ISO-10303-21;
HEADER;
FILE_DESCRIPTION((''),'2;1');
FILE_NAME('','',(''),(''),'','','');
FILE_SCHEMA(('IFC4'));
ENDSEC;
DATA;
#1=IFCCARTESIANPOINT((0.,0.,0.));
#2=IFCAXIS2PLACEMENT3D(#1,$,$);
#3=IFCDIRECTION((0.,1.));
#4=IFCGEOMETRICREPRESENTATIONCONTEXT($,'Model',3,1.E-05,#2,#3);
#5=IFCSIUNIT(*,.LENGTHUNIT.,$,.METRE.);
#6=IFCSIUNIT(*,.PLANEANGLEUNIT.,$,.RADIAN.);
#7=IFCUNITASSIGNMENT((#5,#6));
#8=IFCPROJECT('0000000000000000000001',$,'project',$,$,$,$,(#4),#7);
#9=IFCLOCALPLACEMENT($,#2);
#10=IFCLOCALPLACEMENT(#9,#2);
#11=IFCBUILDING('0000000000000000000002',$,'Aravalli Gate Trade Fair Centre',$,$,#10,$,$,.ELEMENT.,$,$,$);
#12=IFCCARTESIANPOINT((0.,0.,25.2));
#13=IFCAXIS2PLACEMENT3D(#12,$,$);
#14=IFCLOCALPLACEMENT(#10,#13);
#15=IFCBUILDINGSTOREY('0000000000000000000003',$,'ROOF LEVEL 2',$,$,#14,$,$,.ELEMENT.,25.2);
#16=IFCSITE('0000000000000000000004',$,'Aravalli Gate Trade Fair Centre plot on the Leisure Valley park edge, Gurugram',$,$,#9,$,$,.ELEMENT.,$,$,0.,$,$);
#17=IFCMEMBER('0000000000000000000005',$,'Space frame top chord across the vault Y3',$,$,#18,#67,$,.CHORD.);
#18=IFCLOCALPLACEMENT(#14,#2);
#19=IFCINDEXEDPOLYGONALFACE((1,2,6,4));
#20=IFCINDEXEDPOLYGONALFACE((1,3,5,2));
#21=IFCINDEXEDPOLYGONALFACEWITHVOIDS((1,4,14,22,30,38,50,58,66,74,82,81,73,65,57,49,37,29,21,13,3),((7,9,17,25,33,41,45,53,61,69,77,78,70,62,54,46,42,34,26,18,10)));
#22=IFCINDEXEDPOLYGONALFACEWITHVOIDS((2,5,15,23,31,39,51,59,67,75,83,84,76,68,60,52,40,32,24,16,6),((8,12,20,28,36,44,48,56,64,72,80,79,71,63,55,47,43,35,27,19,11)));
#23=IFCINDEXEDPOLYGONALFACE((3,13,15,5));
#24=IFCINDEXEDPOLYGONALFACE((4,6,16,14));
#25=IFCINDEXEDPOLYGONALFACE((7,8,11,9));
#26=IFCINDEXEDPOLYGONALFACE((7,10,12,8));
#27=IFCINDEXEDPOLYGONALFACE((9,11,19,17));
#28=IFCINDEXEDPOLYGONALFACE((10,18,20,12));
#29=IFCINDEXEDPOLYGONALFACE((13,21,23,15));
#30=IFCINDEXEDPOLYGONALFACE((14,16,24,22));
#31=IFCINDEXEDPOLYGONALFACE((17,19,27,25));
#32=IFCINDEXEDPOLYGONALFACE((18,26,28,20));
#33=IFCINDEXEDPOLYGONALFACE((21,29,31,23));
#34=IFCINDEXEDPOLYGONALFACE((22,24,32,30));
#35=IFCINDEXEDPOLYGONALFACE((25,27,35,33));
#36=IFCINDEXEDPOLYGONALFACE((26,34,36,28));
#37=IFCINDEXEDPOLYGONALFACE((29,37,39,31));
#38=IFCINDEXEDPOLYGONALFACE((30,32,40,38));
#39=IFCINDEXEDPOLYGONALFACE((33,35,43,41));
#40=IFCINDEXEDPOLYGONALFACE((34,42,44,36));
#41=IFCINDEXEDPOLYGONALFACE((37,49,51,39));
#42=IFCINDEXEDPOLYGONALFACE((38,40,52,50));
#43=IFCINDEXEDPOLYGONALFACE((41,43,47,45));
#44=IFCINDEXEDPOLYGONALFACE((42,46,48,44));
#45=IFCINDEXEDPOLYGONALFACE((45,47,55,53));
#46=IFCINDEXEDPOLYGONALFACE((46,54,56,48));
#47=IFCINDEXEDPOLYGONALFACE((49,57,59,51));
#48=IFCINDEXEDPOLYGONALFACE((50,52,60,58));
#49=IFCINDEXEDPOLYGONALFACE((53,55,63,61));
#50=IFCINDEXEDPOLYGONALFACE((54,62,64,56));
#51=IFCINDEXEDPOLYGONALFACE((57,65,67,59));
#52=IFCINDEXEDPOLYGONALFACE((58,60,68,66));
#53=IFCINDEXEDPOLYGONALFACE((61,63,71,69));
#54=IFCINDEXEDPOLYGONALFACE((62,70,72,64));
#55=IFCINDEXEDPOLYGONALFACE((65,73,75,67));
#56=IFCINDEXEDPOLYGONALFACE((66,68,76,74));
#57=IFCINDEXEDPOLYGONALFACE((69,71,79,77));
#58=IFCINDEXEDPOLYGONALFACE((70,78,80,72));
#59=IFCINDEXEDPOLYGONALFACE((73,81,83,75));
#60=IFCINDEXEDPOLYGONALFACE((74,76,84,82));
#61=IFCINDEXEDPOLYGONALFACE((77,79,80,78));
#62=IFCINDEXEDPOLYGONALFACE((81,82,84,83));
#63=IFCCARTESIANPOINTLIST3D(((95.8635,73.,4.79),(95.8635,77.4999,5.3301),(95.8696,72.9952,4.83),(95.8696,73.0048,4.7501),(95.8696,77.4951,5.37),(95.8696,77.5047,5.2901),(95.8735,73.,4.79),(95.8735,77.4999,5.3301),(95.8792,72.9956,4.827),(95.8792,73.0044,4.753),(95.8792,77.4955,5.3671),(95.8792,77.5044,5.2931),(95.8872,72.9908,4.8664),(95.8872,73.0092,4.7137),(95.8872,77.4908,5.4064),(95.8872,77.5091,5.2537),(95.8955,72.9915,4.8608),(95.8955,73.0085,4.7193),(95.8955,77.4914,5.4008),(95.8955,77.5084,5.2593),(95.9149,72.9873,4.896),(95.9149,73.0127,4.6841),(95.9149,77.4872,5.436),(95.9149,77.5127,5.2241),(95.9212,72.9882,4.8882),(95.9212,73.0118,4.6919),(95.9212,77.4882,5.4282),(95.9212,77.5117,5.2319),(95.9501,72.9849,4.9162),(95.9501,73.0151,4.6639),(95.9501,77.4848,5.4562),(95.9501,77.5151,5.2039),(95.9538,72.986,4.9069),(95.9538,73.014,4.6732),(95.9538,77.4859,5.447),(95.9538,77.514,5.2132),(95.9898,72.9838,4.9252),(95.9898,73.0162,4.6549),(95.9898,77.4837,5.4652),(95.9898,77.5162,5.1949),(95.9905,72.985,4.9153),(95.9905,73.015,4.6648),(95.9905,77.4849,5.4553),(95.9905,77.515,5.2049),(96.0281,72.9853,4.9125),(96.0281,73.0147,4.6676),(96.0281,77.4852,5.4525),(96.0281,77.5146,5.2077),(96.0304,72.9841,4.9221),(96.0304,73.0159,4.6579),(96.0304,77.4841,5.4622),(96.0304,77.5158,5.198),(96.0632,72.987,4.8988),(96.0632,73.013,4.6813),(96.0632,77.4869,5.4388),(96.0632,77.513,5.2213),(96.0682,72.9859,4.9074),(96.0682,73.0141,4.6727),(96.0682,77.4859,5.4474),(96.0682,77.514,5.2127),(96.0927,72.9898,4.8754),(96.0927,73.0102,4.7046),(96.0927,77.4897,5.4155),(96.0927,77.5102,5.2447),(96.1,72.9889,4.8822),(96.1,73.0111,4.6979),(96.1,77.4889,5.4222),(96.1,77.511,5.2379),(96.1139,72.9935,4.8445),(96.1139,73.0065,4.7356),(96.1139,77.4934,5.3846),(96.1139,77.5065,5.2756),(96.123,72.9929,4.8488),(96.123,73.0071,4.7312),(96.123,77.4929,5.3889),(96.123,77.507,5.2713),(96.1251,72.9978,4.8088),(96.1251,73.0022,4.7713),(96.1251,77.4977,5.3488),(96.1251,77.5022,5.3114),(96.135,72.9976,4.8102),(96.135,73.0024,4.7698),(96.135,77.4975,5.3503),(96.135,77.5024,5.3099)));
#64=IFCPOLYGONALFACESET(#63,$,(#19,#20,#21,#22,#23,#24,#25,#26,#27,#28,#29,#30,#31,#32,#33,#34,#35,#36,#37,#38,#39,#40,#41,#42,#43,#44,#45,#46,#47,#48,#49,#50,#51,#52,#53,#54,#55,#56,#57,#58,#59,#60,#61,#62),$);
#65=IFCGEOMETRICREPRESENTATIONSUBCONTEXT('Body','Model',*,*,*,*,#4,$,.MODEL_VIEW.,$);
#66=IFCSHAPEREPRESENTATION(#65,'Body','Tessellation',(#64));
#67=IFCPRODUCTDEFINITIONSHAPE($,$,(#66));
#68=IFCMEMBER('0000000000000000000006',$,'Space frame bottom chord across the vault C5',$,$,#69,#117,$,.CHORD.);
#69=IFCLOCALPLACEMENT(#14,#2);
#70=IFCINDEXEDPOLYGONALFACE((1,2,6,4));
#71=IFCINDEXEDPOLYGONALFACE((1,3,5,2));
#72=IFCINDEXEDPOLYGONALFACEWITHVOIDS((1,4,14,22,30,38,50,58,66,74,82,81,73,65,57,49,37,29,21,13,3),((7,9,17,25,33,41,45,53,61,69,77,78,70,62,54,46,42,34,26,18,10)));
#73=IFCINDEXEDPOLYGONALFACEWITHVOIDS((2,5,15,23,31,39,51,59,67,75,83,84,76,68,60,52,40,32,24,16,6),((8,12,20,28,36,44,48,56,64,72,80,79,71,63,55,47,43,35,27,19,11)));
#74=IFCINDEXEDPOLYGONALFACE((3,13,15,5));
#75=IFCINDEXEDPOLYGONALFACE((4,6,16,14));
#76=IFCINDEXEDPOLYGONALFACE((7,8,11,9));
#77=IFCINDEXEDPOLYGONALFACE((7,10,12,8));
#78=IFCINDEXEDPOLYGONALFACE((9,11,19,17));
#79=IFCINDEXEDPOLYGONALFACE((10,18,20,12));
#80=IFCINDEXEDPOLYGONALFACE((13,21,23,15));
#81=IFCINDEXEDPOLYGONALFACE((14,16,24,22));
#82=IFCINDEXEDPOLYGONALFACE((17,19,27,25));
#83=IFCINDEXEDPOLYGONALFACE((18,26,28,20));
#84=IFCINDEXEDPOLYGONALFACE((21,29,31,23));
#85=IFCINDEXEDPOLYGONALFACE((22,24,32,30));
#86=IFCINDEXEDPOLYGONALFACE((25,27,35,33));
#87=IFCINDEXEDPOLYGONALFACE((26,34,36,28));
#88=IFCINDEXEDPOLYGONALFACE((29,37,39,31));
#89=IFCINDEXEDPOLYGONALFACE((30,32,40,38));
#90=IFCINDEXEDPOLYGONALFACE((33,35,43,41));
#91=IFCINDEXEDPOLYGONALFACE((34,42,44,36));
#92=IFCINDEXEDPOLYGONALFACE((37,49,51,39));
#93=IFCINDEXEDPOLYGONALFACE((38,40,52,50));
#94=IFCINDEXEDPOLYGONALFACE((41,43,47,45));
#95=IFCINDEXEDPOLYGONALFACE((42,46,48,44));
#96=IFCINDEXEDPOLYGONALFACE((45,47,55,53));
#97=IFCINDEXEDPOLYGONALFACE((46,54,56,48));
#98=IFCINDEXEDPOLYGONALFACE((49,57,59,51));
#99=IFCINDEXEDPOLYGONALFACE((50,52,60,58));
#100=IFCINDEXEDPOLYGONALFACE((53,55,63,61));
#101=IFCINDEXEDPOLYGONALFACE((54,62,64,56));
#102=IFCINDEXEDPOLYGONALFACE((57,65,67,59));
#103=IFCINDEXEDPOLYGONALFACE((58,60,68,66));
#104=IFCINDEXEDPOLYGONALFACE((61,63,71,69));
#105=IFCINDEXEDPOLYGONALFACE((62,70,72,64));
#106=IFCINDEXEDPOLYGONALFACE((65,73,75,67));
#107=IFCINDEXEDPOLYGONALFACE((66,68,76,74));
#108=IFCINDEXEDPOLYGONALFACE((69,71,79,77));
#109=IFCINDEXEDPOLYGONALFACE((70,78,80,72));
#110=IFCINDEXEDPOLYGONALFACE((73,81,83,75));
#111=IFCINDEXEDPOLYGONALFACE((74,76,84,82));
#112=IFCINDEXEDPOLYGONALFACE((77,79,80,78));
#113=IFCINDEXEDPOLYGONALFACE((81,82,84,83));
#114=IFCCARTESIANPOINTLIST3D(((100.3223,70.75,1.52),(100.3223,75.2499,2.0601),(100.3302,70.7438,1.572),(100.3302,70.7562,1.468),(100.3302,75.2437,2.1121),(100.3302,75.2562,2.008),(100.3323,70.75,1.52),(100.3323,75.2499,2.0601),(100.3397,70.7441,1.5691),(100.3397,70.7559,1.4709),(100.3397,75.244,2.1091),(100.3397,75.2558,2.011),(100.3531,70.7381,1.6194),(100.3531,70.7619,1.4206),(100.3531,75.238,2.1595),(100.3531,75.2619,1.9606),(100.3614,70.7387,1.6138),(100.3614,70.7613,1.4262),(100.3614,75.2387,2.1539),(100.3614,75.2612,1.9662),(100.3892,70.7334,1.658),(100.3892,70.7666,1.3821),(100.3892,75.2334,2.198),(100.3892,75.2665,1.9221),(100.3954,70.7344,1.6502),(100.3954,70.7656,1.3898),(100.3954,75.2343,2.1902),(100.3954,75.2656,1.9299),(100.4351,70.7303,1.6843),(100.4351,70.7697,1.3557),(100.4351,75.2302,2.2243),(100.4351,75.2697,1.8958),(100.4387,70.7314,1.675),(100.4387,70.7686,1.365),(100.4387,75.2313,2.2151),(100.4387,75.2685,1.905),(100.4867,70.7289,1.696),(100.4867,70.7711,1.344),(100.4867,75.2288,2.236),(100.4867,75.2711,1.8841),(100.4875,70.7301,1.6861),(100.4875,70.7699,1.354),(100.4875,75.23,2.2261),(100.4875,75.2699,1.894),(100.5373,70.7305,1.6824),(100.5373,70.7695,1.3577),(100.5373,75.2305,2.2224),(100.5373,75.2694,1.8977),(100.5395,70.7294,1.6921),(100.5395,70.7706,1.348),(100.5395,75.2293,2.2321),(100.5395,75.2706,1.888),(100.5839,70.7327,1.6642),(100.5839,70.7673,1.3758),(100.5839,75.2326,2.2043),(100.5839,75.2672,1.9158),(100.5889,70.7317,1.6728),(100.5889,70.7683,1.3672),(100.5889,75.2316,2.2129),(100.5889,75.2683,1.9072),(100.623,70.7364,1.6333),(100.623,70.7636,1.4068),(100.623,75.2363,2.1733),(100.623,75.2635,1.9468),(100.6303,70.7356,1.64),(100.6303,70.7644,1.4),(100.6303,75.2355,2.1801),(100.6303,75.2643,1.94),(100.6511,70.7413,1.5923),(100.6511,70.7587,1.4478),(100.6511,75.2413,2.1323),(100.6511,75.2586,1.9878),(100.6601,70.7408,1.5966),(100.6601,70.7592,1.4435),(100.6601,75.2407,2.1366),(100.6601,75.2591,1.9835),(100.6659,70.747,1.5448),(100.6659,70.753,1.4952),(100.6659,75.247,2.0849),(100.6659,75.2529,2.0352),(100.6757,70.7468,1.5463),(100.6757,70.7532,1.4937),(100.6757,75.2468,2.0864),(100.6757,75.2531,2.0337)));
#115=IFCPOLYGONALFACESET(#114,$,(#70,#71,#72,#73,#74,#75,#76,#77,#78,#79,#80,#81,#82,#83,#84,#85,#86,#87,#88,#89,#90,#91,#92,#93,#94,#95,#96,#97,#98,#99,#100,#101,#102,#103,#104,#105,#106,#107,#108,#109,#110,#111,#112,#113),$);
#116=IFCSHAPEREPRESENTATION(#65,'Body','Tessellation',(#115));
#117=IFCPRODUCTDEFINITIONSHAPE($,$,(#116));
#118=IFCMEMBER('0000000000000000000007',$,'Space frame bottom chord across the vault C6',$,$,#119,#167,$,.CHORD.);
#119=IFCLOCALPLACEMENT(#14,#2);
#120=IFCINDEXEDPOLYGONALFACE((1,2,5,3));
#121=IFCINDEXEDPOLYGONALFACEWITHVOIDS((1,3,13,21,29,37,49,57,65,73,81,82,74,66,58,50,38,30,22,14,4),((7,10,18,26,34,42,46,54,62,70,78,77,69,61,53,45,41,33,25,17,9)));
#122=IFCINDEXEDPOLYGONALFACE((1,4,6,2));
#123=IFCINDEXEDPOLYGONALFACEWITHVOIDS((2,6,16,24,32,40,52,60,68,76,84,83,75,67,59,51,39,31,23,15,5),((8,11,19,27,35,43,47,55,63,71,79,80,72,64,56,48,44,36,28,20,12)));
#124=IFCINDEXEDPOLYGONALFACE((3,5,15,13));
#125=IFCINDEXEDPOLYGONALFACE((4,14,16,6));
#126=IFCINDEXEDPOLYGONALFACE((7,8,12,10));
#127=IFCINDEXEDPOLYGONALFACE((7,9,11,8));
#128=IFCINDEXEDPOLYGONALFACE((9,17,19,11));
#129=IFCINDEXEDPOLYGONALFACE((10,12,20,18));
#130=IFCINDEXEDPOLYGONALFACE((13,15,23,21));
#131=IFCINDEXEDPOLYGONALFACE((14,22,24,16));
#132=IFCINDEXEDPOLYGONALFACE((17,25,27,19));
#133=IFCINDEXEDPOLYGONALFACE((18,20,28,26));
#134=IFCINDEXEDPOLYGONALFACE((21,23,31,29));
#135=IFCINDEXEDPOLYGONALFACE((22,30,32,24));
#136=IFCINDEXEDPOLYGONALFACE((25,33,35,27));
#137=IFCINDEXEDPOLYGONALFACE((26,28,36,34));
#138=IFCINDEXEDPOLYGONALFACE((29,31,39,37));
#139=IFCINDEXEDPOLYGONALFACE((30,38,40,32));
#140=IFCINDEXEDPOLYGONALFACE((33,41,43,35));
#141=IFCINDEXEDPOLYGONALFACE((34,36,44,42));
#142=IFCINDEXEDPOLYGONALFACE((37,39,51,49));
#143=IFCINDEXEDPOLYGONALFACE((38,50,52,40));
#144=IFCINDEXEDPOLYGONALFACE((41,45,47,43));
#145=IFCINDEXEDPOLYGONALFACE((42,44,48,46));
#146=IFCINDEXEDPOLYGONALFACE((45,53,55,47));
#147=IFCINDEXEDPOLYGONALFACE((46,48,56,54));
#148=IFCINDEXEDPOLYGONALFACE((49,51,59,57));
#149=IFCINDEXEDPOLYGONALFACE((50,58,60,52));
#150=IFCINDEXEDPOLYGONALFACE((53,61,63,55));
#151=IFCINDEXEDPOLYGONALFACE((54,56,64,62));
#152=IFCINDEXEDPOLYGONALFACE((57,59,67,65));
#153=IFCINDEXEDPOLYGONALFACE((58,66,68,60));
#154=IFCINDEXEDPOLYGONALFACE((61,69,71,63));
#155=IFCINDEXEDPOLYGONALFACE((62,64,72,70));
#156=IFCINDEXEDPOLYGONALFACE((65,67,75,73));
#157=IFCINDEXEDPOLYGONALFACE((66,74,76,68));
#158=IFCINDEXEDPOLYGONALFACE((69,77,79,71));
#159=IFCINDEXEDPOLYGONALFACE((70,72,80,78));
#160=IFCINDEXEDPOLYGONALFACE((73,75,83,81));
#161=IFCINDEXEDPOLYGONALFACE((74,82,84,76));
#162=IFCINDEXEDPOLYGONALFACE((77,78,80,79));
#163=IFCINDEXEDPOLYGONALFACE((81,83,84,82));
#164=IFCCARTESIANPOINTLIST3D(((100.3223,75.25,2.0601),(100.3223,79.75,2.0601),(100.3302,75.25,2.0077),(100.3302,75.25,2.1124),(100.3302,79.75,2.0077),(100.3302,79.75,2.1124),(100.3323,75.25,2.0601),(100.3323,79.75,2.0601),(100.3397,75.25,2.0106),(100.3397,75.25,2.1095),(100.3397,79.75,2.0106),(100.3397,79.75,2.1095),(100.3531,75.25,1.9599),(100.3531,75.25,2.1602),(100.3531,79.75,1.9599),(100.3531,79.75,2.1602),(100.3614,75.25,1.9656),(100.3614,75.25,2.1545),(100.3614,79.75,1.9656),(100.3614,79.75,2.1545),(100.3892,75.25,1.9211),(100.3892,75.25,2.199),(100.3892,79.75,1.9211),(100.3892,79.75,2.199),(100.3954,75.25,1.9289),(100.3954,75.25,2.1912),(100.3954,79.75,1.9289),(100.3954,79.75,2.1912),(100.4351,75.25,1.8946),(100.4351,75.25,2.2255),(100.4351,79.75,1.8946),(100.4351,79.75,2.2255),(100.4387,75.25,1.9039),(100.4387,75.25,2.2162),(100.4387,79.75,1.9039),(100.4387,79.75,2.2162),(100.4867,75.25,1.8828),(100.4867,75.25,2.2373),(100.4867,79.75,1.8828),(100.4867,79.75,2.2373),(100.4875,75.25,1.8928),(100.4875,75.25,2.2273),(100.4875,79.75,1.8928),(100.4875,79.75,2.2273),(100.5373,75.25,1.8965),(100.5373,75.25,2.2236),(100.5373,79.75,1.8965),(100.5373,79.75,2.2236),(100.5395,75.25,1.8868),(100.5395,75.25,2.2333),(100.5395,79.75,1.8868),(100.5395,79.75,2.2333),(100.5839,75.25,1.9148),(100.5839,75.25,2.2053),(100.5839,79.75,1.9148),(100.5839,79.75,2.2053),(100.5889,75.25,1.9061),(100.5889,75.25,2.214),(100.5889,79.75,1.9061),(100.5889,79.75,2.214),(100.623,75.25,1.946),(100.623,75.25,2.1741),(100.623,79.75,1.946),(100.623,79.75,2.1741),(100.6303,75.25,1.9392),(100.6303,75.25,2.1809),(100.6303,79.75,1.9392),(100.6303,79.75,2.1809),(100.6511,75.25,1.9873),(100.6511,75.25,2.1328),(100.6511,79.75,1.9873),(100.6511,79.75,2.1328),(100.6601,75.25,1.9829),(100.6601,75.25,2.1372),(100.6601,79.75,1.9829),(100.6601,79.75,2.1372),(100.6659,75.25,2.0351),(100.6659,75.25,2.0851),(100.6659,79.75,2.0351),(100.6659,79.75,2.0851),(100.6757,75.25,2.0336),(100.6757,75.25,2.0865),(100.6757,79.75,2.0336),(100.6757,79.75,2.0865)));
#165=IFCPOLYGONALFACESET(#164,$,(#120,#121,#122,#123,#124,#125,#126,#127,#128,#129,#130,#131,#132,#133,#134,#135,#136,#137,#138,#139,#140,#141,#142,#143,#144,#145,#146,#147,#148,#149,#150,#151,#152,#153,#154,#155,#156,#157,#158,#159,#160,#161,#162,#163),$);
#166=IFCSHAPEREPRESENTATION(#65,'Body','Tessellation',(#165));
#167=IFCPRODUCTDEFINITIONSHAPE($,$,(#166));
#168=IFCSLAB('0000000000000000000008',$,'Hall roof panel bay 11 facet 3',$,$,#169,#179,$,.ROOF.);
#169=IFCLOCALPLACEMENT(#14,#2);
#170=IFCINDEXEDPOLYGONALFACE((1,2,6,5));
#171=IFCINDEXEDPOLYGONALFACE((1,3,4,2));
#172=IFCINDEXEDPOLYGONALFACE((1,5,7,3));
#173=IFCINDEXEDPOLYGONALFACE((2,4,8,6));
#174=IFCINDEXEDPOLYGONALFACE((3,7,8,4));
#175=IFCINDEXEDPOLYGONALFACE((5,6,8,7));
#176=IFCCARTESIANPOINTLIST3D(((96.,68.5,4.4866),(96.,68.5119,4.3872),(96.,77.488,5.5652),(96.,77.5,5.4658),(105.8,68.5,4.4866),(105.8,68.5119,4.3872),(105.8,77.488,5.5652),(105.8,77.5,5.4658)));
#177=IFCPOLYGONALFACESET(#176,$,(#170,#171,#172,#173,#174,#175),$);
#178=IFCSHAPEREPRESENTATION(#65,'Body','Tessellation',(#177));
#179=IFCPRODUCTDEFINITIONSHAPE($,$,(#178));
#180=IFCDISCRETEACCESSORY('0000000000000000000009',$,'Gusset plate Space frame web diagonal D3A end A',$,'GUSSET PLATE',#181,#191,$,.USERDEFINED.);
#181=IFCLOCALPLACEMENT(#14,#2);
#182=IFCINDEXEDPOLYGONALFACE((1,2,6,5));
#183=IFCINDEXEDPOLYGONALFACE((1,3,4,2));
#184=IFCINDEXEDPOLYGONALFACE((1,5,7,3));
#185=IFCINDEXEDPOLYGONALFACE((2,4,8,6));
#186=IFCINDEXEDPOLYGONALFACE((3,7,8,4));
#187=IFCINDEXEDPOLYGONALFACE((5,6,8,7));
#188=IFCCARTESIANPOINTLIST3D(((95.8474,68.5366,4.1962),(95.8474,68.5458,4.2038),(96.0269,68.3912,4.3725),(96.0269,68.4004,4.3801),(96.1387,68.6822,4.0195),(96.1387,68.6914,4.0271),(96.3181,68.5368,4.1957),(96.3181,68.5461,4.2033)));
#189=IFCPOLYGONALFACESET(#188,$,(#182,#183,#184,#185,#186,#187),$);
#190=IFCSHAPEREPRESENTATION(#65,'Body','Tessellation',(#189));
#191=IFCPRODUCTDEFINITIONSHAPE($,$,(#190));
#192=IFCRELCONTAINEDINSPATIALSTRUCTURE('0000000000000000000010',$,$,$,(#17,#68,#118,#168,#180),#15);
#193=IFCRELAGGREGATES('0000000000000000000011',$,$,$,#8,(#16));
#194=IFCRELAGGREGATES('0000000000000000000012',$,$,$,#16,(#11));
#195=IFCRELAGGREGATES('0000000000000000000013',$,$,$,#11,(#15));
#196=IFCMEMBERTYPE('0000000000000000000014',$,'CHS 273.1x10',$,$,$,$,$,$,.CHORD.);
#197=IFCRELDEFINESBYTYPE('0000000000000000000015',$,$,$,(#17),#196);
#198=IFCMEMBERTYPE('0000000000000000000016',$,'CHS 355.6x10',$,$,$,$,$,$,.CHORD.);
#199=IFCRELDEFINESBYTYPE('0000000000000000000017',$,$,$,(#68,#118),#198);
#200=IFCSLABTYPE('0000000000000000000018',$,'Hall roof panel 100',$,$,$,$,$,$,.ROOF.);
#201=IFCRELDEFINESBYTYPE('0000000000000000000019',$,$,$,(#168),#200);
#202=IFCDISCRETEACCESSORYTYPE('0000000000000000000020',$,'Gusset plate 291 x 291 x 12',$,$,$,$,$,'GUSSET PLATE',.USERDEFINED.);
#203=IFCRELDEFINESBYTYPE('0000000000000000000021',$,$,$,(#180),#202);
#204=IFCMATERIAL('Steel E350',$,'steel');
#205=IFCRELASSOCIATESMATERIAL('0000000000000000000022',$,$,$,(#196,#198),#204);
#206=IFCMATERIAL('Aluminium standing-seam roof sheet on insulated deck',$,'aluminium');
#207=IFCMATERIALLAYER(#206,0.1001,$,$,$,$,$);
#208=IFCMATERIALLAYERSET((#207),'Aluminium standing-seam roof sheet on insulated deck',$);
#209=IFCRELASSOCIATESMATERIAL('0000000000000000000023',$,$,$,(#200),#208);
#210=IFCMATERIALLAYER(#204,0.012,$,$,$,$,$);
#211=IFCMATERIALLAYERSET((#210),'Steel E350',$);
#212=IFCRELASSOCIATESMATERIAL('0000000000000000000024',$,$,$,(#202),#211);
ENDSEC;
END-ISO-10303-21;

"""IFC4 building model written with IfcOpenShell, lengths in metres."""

from ifc_helpers import new_model, si_unit, direction, frame, origin, origin_2d, place, context, subcontext, project, spatial, polyline, hollow_circle, outline, extrude, material, layer, layer_set, material_profile, profile_set, type_object, element, save


model = new_model("IFC4")

# Units and contexts
model_context = context("Model", 3, precision=1e-05, world=origin(), true_north=direction((0.0, 1.0)))
body_context = subcontext(model_context, "Body", "Model", "MODEL_VIEW")
ifc_project = project(units=[si_unit("LENGTHUNIT", "METRE"), si_unit("PLANEANGLEUNIT", "RADIAN")], contexts=[model_context])

# Site, building, storey
site_placement = place(None, origin())
site = spatial("IfcSite", under=ifc_project, at=site_placement, Name="Aravalli Gate Trade Fair Centre plot on the Leisure Valley park edge, Gurugram", CompositionType="ELEMENT", RefElevation=0.0)
building_placement = place(site_placement, origin())
building = spatial("IfcBuilding", under=site, at=building_placement, Name="Aravalli Gate Trade Fair Centre", CompositionType="ELEMENT")
storey_placement = place(building_placement, frame((0.0, 0.0, 25.2)))
storey = spatial("IfcBuildingStorey", under=building, at=storey_placement, Name="ROOF LEVEL 2", CompositionType="ELEMENT", Elevation=25.2)

# Members
ifc_material_1 = material(Name="Steel E350", Category="steel")
ifc_material_profile_1 = material_profile(ifc_material_1, hollow_circle(Radius=0.1365, WallThickness=0.01, at=origin_2d()), Name="CHS 273.1x10")
ifc_profile_set_1 = profile_set([ifc_material_profile_1], Name="Steel E350")
member_type_1 = type_object("IfcMemberType", Name="CHS 273.1x10", PredefinedType="CHORD", material=ifc_profile_set_1)
member_1_placement = place(storey_placement, frame((96.0, 73.0, 4.79), z_axis=(0.0, 0.992876, 0.119154), x_axis=(-1.0, 0.0, 0.0)))
element("IfcMember", 1, at=member_1_placement, inside=storey, type_object=member_type_1, Name="Space frame top chord across the vault Y3", PredefinedType="CHORD", context=body_context, shape_type="SweptSolid", body=[
    extrude(hollow_circle(Radius=0.1365, WallThickness=0.01, at=origin_2d()), origin(), (0.0, 0.0, 1.0), 4.5322),
])
ifc_material_profile_2 = material_profile(ifc_material_1, hollow_circle(Radius=0.1777, WallThickness=0.01, at=origin_2d()), Name="CHS 355.6x10")
ifc_profile_set_2 = profile_set([ifc_material_profile_2], Name="Steel E350")
member_type_2 = type_object("IfcMemberType", Name="CHS 355.6x10", PredefinedType="CHORD", material=ifc_profile_set_2)
member_2_placement = place(storey_placement, frame((100.5, 70.75, 1.52), z_axis=(0.0, 0.992876, 0.119154), x_axis=(-1.0, 0.0, 0.0)))
element("IfcMember", 2, at=member_2_placement, inside=storey, type_object=member_type_2, Name="Space frame bottom chord across the vault C5", PredefinedType="CHORD", context=body_context, shape_type="SweptSolid", body=[
    extrude(hollow_circle(Radius=0.1777, WallThickness=0.01, at=origin_2d()), origin(), (0.0, 0.0, 1.0), 4.5322),
])
member_3_placement = place(storey_placement, frame((100.5, 75.25, 2.0601), z_axis=(0.0, 1.0, 0.0), x_axis=(-1.0, 0.0, 0.0)))
element("IfcMember", 3, at=member_3_placement, inside=storey, type_object=member_type_2, Name="Space frame bottom chord across the vault C6", PredefinedType="CHORD", context=body_context, shape_type="SweptSolid", body=[
    extrude(hollow_circle(Radius=0.1777, WallThickness=0.01, at=origin_2d()), origin(), (0.0, 0.0, 1.0), 4.5),
])

# Slab
ifc_material_2 = material(Name="Aluminium standing-seam roof sheet on insulated deck", Category="aluminium")
ifc_layer_1 = layer(ifc_material_2, 0.1001)
ifc_layer_set_1 = layer_set([ifc_layer_1], Name="Aluminium standing-seam roof sheet on insulated deck")
slab_type = type_object("IfcSlabType", Name="Hall roof panel 100", PredefinedType="ROOF", material=ifc_layer_set_1)
slab_placement = place(storey_placement, frame((96.0, 68.5, 4.4866), z_axis=(0.0, -0.119151, 0.992876), x_axis=(1.0, 0.0, 0.0)))
element("IfcSlab", 4, at=slab_placement, inside=storey, type_object=slab_type, Name="Hall roof panel bay 11 facet 3", PredefinedType="ROOF", context=body_context, shape_type="SweptSolid", body=[
    extrude(outline(polyline([(0.0, 0.0), (9.8, 0.0), (9.8, 9.0525), (0.0, 9.0525), (0.0, 0.0)])), origin(), (0.0, 0.0, -1.0), 0.1001),
])

# Discrete accessory
ifc_layer_2 = layer(ifc_material_1, 0.012)
ifc_layer_set_2 = layer_set([ifc_layer_2], Name="Steel E350")
discrete_accessory_type = type_object("IfcDiscreteAccessoryType", Name="Gusset plate 291 x 291 x 12", ElementType="GUSSET PLATE", PredefinedType="USERDEFINED", material=ifc_layer_set_2)
discrete_accessory_1_placement = place(storey_placement, frame((96.1387, 68.6914, 4.0271), z_axis=(0.00026, 0.771582, 0.63613), x_axis=(-0.78619, -0.392962, 0.476956)))
element("IfcDiscreteAccessory", 5, at=discrete_accessory_1_placement, inside=storey, type_object=discrete_accessory_type, Name="Gusset plate Space frame web diagonal D3A end A", ObjectType="GUSSET PLATE", PredefinedType="USERDEFINED", context=body_context, shape_type="SweptSolid", body=[
    extrude(outline(polyline([(0.0, 0.0), (0.3705, 0.0), (0.3706, 0.2906), (0.0001, 0.2905), (0.0, 0.0)])), origin(), (0.0, 0.0, -1.0), 0.012),
])

save(model, "model.ifc")
